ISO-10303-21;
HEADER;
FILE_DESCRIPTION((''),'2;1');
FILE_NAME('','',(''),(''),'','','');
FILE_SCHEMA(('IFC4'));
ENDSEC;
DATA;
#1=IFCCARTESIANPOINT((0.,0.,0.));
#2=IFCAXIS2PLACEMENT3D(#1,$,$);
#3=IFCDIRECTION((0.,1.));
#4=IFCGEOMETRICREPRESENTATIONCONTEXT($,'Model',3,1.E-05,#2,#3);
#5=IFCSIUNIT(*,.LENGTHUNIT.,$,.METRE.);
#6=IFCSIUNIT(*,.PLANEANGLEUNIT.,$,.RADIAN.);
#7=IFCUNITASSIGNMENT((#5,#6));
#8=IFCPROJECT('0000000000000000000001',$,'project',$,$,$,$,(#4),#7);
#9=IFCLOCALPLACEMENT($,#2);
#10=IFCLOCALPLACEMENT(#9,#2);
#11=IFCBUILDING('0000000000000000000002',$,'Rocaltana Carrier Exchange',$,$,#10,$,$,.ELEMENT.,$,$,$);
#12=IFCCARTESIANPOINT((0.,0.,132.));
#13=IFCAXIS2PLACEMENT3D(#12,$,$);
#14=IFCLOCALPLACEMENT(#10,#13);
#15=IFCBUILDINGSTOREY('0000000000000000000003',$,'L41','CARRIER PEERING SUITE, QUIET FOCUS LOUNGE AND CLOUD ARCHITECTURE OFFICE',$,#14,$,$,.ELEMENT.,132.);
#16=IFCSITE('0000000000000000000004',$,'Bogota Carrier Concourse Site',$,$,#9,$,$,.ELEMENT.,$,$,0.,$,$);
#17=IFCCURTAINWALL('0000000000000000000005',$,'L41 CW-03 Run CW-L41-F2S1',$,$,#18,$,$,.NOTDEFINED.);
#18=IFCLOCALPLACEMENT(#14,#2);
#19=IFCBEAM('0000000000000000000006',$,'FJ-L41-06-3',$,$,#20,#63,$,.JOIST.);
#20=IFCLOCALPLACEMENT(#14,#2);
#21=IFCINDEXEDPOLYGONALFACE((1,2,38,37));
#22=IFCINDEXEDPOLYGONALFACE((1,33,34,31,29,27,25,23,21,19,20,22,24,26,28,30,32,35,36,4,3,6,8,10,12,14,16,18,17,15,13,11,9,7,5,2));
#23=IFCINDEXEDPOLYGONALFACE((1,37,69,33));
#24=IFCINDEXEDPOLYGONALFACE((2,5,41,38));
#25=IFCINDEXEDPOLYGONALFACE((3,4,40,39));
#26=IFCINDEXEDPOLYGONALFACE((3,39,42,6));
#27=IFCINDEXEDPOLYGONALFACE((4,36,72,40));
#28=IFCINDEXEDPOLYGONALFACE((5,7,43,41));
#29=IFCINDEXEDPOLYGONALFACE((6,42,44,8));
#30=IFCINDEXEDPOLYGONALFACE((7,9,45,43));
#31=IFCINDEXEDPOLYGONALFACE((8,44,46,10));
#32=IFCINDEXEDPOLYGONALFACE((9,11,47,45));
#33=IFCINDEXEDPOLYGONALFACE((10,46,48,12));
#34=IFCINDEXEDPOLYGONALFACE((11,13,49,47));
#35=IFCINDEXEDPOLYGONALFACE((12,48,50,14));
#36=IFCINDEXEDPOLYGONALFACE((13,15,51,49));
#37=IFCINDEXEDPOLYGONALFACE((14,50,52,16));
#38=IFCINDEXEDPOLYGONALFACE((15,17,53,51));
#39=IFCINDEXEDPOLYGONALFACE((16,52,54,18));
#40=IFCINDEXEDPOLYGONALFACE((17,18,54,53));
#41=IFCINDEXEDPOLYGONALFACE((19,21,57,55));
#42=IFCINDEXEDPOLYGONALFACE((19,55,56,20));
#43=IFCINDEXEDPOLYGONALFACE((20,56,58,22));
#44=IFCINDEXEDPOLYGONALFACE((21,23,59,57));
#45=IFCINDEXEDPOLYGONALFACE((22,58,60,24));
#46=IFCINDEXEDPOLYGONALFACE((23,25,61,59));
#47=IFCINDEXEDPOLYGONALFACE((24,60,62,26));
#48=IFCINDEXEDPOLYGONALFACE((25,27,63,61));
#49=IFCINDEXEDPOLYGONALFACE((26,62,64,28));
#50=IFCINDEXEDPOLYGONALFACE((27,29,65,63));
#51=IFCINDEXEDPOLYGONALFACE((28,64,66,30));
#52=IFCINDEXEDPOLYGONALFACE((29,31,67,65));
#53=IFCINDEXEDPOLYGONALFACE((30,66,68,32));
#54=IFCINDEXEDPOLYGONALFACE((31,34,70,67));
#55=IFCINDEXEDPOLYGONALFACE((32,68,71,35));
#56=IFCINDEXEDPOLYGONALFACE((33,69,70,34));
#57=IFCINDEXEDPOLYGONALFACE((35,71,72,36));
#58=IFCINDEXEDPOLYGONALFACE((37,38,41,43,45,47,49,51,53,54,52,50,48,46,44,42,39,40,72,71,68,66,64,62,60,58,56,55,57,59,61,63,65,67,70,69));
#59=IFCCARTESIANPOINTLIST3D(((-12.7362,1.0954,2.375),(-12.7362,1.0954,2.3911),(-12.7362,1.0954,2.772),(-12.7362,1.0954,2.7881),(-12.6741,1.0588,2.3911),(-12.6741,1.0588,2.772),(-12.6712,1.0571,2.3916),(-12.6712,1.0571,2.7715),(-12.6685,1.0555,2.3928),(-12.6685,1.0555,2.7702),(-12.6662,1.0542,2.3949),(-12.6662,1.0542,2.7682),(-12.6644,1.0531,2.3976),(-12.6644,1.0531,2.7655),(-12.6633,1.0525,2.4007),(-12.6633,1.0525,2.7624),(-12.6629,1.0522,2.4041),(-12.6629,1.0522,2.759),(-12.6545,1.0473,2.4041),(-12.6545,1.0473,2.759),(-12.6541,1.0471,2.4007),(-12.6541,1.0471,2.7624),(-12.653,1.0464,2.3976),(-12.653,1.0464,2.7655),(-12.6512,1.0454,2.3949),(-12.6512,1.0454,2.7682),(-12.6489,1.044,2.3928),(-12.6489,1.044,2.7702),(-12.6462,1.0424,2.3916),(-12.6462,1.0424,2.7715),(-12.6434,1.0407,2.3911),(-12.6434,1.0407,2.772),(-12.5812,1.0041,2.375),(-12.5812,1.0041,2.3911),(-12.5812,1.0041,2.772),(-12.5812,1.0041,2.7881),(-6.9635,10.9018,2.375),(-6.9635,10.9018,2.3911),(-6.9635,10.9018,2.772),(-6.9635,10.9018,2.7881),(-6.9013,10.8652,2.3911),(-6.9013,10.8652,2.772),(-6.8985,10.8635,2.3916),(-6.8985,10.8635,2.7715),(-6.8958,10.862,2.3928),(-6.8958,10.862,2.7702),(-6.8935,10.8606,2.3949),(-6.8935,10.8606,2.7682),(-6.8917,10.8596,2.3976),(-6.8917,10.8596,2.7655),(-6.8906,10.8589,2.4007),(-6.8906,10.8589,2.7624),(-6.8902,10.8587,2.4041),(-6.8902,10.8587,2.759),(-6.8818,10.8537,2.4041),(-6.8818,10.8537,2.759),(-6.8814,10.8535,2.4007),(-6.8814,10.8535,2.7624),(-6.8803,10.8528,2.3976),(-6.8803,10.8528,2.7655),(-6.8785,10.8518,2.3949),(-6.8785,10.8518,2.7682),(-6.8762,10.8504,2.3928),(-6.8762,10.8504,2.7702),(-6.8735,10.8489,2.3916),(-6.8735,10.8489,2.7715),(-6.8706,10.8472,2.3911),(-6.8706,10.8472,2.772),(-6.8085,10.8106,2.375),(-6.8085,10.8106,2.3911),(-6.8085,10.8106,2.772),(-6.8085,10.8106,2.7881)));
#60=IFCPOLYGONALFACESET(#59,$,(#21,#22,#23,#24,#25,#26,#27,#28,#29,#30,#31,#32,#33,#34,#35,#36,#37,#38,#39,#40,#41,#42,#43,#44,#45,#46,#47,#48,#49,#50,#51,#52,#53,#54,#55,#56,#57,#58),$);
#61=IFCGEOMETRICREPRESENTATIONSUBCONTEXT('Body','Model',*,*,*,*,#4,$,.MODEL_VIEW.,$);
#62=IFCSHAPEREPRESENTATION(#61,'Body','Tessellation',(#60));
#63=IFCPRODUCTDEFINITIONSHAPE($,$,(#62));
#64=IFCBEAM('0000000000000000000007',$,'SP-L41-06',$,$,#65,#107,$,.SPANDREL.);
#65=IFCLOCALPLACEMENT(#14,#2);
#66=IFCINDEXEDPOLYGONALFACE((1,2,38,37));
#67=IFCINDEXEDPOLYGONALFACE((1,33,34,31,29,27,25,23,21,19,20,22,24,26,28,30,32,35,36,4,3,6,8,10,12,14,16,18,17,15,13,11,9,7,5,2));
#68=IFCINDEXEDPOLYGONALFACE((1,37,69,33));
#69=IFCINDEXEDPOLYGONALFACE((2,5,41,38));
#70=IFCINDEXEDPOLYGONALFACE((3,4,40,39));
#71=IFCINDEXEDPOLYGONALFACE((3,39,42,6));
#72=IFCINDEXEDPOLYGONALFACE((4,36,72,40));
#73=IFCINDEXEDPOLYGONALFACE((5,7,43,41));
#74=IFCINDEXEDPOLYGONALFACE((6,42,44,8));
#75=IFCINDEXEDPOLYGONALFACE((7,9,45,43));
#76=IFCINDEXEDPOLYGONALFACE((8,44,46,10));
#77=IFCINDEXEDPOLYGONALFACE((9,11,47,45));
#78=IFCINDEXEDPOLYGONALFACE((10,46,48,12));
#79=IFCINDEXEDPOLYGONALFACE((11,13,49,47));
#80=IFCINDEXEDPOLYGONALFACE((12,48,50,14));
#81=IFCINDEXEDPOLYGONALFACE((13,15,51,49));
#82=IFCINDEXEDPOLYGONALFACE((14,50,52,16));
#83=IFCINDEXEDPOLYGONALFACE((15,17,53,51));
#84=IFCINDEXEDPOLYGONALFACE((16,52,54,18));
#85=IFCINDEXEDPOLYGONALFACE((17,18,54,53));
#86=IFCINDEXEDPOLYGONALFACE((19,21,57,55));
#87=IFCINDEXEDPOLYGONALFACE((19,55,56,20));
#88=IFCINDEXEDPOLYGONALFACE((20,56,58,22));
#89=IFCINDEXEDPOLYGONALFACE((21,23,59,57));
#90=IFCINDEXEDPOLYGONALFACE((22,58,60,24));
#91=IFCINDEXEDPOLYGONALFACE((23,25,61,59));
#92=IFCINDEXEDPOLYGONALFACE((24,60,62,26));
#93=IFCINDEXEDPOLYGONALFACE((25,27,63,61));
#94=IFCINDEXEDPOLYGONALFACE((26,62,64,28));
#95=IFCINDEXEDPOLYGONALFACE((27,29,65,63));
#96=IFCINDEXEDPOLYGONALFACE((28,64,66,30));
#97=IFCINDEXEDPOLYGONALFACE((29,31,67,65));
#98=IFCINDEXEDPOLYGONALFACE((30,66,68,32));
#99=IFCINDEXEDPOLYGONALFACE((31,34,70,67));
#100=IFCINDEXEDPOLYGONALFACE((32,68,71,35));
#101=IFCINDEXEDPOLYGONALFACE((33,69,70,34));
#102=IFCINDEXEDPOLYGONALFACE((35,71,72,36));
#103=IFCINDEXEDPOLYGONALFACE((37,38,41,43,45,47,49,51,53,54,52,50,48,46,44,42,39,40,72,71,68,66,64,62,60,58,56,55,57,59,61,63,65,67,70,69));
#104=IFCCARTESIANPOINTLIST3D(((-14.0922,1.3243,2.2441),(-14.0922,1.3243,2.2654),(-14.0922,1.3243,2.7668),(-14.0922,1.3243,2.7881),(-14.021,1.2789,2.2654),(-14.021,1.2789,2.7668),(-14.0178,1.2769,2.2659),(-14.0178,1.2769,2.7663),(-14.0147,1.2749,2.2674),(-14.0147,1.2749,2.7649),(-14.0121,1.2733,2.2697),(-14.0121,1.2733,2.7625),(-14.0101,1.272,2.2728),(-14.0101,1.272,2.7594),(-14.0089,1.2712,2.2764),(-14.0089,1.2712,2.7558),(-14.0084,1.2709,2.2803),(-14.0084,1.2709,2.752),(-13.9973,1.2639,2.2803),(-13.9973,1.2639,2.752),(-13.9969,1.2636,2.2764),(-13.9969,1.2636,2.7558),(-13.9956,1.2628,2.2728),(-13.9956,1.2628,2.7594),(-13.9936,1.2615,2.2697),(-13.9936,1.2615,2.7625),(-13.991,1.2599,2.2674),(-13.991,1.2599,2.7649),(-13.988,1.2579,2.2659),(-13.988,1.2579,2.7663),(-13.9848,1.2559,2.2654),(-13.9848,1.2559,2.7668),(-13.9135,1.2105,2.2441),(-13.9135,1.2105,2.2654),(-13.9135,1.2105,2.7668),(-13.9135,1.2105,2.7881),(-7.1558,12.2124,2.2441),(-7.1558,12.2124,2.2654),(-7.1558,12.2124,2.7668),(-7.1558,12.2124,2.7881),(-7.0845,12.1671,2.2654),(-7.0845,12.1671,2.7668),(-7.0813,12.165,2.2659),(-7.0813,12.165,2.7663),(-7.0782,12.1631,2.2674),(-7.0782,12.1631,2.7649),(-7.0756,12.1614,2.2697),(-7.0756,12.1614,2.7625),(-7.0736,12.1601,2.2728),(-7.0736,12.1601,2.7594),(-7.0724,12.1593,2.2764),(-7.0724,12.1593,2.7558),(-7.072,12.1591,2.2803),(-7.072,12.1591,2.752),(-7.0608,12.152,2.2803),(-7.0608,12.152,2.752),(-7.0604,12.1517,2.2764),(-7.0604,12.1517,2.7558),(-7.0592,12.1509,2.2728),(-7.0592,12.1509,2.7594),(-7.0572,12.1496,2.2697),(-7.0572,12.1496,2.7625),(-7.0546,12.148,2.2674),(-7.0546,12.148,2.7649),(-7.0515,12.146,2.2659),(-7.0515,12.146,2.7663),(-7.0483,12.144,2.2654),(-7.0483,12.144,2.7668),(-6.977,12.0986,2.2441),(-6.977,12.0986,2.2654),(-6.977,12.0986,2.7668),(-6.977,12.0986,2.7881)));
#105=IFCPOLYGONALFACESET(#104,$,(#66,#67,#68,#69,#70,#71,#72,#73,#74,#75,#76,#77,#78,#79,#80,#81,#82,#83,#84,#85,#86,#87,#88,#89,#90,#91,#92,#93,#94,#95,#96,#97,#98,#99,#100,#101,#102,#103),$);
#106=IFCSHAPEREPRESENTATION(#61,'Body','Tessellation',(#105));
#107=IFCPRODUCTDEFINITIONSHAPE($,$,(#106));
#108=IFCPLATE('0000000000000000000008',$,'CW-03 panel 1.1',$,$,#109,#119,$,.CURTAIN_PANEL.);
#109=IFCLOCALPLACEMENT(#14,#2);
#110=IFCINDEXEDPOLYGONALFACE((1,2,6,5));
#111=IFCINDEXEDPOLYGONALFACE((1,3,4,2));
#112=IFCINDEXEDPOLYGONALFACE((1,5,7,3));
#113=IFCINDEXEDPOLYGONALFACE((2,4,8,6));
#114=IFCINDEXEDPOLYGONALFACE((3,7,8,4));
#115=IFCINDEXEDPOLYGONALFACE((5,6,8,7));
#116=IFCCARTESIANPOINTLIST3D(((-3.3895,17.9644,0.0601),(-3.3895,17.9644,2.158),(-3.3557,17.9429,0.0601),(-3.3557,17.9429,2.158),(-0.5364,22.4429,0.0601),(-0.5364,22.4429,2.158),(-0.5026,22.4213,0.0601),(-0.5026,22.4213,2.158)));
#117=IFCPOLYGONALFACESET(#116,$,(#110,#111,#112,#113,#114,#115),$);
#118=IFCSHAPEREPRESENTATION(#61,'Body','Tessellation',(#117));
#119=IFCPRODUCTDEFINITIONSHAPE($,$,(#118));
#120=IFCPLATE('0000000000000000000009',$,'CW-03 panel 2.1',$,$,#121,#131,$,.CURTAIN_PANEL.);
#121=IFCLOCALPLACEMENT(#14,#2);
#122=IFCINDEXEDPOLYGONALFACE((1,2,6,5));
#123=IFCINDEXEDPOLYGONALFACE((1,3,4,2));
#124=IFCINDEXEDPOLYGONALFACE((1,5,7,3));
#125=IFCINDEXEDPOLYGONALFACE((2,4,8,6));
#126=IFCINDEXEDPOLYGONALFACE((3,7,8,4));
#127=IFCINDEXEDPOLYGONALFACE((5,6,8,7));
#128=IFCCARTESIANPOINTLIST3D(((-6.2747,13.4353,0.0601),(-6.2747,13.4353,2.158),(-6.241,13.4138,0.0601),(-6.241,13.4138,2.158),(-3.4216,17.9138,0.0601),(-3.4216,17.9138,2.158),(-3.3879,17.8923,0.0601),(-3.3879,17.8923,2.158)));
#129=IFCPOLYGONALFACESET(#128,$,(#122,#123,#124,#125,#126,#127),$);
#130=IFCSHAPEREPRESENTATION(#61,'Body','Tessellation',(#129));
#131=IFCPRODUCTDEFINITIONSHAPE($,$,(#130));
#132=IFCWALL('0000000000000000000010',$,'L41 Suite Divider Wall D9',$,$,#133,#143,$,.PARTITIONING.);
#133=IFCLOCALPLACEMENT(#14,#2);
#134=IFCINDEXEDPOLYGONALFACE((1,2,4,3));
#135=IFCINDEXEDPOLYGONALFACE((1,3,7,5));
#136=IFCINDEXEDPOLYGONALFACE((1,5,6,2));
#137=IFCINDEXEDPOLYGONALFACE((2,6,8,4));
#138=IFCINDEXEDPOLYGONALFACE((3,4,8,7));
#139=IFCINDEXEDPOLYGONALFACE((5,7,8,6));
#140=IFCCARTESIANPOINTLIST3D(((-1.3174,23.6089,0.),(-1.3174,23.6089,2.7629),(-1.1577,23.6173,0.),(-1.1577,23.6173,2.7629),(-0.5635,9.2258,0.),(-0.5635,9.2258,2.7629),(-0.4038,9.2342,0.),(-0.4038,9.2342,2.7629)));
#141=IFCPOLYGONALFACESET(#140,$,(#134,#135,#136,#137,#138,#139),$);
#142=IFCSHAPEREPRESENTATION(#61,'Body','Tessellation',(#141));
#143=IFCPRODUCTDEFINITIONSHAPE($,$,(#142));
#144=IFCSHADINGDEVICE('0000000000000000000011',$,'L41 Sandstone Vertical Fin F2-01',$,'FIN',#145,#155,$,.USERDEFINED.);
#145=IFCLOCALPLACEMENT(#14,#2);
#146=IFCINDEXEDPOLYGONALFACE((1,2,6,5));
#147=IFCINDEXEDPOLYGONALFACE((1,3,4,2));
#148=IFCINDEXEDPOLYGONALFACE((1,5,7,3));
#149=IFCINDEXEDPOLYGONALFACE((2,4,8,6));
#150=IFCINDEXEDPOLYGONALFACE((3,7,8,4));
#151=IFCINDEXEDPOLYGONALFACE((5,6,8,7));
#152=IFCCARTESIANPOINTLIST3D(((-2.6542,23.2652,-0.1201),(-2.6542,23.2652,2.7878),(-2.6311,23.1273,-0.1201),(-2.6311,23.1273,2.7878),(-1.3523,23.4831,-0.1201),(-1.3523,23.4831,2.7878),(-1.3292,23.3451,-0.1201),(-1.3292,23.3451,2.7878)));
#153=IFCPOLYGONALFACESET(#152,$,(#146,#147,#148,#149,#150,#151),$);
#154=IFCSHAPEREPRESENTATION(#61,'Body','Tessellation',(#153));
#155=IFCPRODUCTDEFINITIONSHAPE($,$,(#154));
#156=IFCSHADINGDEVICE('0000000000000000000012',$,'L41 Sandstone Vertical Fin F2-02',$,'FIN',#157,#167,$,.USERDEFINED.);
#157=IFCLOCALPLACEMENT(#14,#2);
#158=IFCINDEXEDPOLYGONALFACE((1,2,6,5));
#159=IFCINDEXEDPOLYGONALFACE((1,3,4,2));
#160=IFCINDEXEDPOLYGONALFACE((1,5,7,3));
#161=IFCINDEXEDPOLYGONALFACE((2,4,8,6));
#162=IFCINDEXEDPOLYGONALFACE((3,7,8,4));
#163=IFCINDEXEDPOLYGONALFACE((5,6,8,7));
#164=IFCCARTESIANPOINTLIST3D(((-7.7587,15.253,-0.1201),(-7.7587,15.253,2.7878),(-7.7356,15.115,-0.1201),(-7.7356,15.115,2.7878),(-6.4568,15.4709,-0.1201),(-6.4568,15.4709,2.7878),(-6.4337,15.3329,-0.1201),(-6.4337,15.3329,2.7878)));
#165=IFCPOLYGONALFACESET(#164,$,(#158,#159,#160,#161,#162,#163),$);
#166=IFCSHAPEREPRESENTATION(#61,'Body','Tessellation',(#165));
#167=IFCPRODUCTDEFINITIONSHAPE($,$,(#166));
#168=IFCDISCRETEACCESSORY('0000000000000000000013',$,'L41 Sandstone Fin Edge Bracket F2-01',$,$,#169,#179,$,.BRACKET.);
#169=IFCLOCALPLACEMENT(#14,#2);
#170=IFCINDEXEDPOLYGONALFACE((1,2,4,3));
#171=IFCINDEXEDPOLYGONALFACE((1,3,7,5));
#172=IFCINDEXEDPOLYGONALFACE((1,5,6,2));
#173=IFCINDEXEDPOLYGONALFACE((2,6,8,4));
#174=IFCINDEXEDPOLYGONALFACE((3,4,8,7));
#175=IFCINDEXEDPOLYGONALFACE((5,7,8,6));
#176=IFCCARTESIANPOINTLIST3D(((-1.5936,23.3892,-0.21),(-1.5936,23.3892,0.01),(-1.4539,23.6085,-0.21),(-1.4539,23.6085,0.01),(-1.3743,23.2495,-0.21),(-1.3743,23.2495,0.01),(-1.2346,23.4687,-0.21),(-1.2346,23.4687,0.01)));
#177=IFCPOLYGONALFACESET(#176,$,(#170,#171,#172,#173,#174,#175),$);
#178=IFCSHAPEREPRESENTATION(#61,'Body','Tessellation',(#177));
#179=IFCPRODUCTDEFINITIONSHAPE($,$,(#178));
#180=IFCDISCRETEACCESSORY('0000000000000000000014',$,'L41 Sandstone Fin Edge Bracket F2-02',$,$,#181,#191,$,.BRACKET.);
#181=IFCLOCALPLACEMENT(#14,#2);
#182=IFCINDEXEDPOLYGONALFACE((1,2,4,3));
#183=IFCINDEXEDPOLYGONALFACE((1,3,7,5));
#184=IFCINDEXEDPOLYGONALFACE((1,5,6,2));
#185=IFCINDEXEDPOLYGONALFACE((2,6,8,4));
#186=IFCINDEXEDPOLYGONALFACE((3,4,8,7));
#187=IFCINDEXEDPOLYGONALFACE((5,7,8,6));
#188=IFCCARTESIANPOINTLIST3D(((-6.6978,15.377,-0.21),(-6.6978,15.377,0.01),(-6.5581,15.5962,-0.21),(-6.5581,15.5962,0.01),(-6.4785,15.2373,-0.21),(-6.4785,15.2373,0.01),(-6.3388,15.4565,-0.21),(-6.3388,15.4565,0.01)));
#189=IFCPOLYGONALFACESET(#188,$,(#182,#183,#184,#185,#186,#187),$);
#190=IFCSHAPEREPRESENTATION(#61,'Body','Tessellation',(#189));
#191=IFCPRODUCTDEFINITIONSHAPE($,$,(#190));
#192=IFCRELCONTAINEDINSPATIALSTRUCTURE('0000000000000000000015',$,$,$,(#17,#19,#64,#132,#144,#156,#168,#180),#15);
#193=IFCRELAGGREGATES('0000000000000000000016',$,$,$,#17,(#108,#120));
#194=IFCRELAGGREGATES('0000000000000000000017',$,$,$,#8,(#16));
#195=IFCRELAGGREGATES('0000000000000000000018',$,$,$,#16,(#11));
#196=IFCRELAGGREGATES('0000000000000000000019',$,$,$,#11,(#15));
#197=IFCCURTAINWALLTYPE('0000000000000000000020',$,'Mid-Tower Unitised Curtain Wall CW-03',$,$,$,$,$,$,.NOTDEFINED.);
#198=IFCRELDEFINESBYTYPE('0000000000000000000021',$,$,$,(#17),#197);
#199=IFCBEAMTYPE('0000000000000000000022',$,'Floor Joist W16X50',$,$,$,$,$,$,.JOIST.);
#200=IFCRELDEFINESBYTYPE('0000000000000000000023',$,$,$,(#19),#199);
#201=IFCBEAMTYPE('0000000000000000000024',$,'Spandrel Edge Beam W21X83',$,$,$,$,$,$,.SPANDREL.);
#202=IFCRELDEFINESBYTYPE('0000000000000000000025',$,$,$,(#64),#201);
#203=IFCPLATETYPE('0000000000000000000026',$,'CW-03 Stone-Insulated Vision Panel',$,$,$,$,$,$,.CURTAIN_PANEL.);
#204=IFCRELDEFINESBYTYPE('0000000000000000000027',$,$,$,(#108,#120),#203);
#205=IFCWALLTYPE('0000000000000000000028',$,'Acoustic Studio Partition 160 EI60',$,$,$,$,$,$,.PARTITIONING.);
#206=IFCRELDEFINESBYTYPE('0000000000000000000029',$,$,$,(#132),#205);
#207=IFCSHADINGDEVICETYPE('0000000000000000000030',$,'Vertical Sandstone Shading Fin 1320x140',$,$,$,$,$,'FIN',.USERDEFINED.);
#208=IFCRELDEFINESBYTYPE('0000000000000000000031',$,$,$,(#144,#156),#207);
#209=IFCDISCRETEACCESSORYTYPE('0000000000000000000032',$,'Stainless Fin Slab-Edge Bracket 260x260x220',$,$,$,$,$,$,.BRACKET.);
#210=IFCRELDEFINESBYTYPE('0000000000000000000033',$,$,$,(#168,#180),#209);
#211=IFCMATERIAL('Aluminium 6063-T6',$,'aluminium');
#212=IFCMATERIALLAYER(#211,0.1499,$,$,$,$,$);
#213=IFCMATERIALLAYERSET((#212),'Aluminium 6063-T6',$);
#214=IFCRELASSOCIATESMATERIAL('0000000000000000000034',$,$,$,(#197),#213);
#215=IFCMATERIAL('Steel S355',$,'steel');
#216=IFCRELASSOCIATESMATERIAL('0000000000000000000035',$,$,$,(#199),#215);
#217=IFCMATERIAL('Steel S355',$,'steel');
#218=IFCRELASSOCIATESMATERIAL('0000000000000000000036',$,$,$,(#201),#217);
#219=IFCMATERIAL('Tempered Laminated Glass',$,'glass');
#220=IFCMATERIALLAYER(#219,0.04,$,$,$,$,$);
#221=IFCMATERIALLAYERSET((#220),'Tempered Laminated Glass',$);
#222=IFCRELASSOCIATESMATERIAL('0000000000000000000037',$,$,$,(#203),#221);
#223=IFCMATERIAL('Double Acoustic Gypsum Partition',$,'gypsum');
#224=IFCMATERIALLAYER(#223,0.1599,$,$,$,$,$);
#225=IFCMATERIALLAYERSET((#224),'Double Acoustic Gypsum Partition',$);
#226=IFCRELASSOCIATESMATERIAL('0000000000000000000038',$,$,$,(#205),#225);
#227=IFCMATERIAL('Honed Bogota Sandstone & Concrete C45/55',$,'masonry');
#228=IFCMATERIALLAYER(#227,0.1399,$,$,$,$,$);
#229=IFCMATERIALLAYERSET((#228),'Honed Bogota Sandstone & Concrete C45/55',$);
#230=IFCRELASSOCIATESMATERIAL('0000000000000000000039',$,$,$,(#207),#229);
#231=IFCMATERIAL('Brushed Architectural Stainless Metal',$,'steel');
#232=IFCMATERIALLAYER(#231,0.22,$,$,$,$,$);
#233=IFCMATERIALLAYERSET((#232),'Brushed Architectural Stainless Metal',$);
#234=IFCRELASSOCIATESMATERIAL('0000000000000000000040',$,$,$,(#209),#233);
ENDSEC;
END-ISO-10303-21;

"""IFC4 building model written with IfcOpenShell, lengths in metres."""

from ifc_helpers import new_model, si_unit, direction, frame, frame_2d, origin, origin_2d, place, context, subcontext, project, spatial, rectangle, i_section, extrude, material, layer, layer_set, material_profile, profile_set, type_object, element, aggregate, save


model = new_model("IFC4")

# Units and contexts
model_context = context("Model", 3, precision=1e-05, world=origin(), true_north=direction((0.0, 1.0)))
body_context = subcontext(model_context, "Body", "Model", "MODEL_VIEW")
ifc_project = project(units=[si_unit("LENGTHUNIT", "METRE"), si_unit("PLANEANGLEUNIT", "RADIAN")], contexts=[model_context])

# Site, building, storey
site_placement = place(None, origin())
site = spatial("IfcSite", under=ifc_project, at=site_placement, Name="Bogota Carrier Concourse Site", CompositionType="ELEMENT", RefElevation=0.0)
building_placement = place(site_placement, origin())
building = spatial("IfcBuilding", under=site, at=building_placement, Name="Rocaltana Carrier Exchange", CompositionType="ELEMENT")
storey_placement = place(building_placement, frame((0.0, 0.0, 132.0)))
storey = spatial("IfcBuildingStorey", under=building, at=storey_placement, Name="L41", Description="CARRIER PEERING SUITE, QUIET FOCUS LOUNGE AND CLOUD ARCHITECTURE OFFICE", CompositionType="ELEMENT", Elevation=132.0)

# Curtain wall
ifc_material_1 = material(Name="Aluminium 6063-T6", Category="aluminium")
ifc_layer_1 = layer(ifc_material_1, 0.1499)
ifc_layer_set_1 = layer_set([ifc_layer_1], Name="Aluminium 6063-T6")
curtain_wall_type = type_object("IfcCurtainWallType", Name="Mid-Tower Unitised Curtain Wall CW-03", PredefinedType="NOTDEFINED", material=ifc_layer_set_1)
curtain_wall_1_placement = place(storey_placement, origin())
curtain_wall_1 = element("IfcCurtainWall", 1, at=curtain_wall_1_placement, inside=storey, type_object=curtain_wall_type, Name="L41 CW-03 Run CW-L41-F2S1", PredefinedType="NOTDEFINED")

# Beams
ifc_material_2 = material(Name="Steel S355", Category="steel")
ifc_material_profile_1 = material_profile(ifc_material_2, i_section(OverallWidth=0.1799, OverallDepth=0.4131, WebThickness=0.0098, FlangeThickness=0.0161, FilletRadius=0.0129, at=origin_2d()), Name="W16X50")
ifc_profile_set_1 = profile_set([ifc_material_profile_1], Name="Steel S355")
beam_type_1 = type_object("IfcBeamType", Name="Floor Joist W16X50", PredefinedType="JOIST", material=ifc_profile_set_1)
beam_1_placement = place(storey_placement, frame((-6.886, 10.8562, 2.5815), z_axis=(-0.507297, -0.861771, 0.0), x_axis=(0.861771, -0.507297, 0.0)))
element("IfcBeam", 2, at=beam_1_placement, inside=storey, type_object=beam_type_1, Name="FJ-L41-06-3", PredefinedType="JOIST", context=body_context, shape_type="SweptSolid", body=[
    extrude(i_section(OverallWidth=0.1799, OverallDepth=0.4131, WebThickness=0.0098, FlangeThickness=0.0161, FilletRadius=0.0129, at=origin_2d()), origin(), (0.0, 0.0, 1.0), 11.3794),
])
ifc_material_3 = material(Name="Steel S355", Category="steel")
ifc_material_profile_2 = material_profile(ifc_material_3, i_section(OverallWidth=0.2119, OverallDepth=0.5439, WebThickness=0.0132, FlangeThickness=0.0212, FilletRadius=0.0149, at=origin_2d()), Name="W21X83")
ifc_profile_set_2 = profile_set([ifc_material_profile_2], Name="Steel S355")
beam_type_2 = type_object("IfcBeamType", Name="Spandrel Edge Beam W21X83", PredefinedType="SPANDREL", material=ifc_profile_set_2)
beam_2_placement = place(storey_placement, frame((-7.0664, 12.1555, 2.5161), z_axis=(-0.537299, -0.843392, 0.0), x_axis=(0.843392, -0.537299, 0.0)))
element("IfcBeam", 3, at=beam_2_placement, inside=storey, type_object=beam_type_2, Name="SP-L41-06", PredefinedType="SPANDREL", context=body_context, shape_type="SweptSolid", body=[
    extrude(i_section(OverallWidth=0.2119, OverallDepth=0.5439, WebThickness=0.0132, FlangeThickness=0.0212, FilletRadius=0.0149, at=origin_2d()), origin(), (0.0, 0.0, 1.0), 12.9099),
])

# Plates
ifc_material_4 = material(Name="Tempered Laminated Glass", Category="glass")
ifc_layer_2 = layer(ifc_material_4, 0.04)
ifc_layer_set_2 = layer_set([ifc_layer_2], Name="Tempered Laminated Glass")
plate_type = type_object("IfcPlateType", Name="CW-03 Stone-Insulated Vision Panel", PredefinedType="CURTAIN_PANEL", material=ifc_layer_set_2)
plate_1_placement = place(storey_placement, frame((-1.946, 20.1929, 0.0601), z_axis=(0.0, 0.0, 1.0), x_axis=(-0.537301, -0.843391, 0.0)))
plate_1 = element("IfcPlate", 4, at=plate_1_placement, type_object=plate_type, Name="CW-03 panel 1.1", PredefinedType="CURTAIN_PANEL", context=body_context, shape_type="SweptSolid", body=[
    extrude(rectangle(XDim=5.3101, YDim=0.04, at=origin_2d()), origin(), (0.0, 0.0, 1.0), 2.0979),
])
plate_2_placement = place(storey_placement, frame((-4.8313, 15.6638, 0.0601), z_axis=(0.0, 0.0, 1.0), x_axis=(-0.537301, -0.843391, 0.0)))
plate_2 = element("IfcPlate", 5, at=plate_2_placement, type_object=plate_type, Name="CW-03 panel 2.1", PredefinedType="CURTAIN_PANEL", context=body_context, shape_type="SweptSolid", body=[
    extrude(rectangle(XDim=5.3101, YDim=0.04, at=origin_2d()), origin(), (0.0, 0.0, 1.0), 2.0979),
])
aggregate(curtain_wall_1, [plate_1, plate_2])

# Wall
ifc_material_5 = material(Name="Double Acoustic Gypsum Partition", Category="gypsum")
ifc_layer_3 = layer(ifc_material_5, 0.1599)
ifc_layer_set_3 = layer_set([ifc_layer_3], Name="Double Acoustic Gypsum Partition")
wall_type = type_object("IfcWallType", Name="Acoustic Studio Partition 160 EI60", PredefinedType="PARTITIONING", material=ifc_layer_set_3)
wall_placement = place(storey_placement, frame((-0.4836, 9.23, 0.0), z_axis=(0.0, 0.0, 1.0), x_axis=(-0.052344, 0.998629, 0.0)))
element("IfcWall", 6, at=wall_placement, inside=storey, type_object=wall_type, Name="L41 Suite Divider Wall D9", PredefinedType="PARTITIONING", context=body_context, shape_type="SweptSolid", body=[
    extrude(rectangle(XDim=14.4028, YDim=0.1599, at=frame_2d((7.2014, 0.0))), origin(), (0.0, 0.0, 1.0), 2.7629),
])

# Shading devices
ifc_material_6 = material(Name="Honed Bogota Sandstone & Concrete C45/55", Category="masonry")
ifc_layer_4 = layer(ifc_material_6, 0.1399)
ifc_layer_set_4 = layer_set([ifc_layer_4], Name="Honed Bogota Sandstone & Concrete C45/55")
shading_device_type = type_object("IfcShadingDeviceType", Name="Vertical Sandstone Shading Fin 1320x140", ElementType="FIN", PredefinedType="USERDEFINED", material=ifc_layer_set_4)
for number, where, z_axis, x_axis, name in (
    (7, (-1.9917, 23.3052, -0.1201), (0.0, 0.0, 1.0), (-0.986286, -0.165048, 0.0), "L41 Sandstone Vertical Fin F2-01"),
    (8, (-7.0962, 15.293, -0.1201), (0.0, 0.0, 1.0), (-0.986286, -0.165048, 0.0), "L41 Sandstone Vertical Fin F2-02"),
):
    element("IfcShadingDevice", number, at=place(storey_placement, frame(where, z_axis=z_axis, x_axis=x_axis)), inside=storey, type_object=shading_device_type, Name=name, ObjectType="FIN", PredefinedType="USERDEFINED", context=body_context, shape_type="SweptSolid", body=[
        extrude(rectangle(XDim=1.3201, YDim=0.1399, at=origin_2d()), origin(), (0.0, 0.0, 1.0), 2.908),
    ])

# Discrete accessories
ifc_material_7 = material(Name="Brushed Architectural Stainless Metal", Category="steel")
ifc_layer_5 = layer(ifc_material_7, 0.22)
ifc_layer_set_5 = layer_set([ifc_layer_5], Name="Brushed Architectural Stainless Metal")
discrete_accessory_type = type_object("IfcDiscreteAccessoryType", Name="Stainless Fin Slab-Edge Bracket 260x260x220", PredefinedType="BRACKET", material=ifc_layer_set_5)
for number, where, z_axis, x_axis, name in (
    (9, (-1.4141, 23.429, -0.21), (0.0, 0.0, 1.0), (-0.5373, -0.843391, 0.0), "L41 Sandstone Fin Edge Bracket F2-01"),
    (10, (-6.5183, 15.4167, -0.21), (0.0, 0.0, 1.0), (-0.5373, -0.843391, 0.0), "L41 Sandstone Fin Edge Bracket F2-02"),
):
    element("IfcDiscreteAccessory", number, at=place(storey_placement, frame(where, z_axis=z_axis, x_axis=x_axis)), inside=storey, type_object=discrete_accessory_type, Name=name, PredefinedType="BRACKET", context=body_context, shape_type="SweptSolid", body=[
        extrude(rectangle(XDim=0.26, YDim=0.26, at=origin_2d()), origin(), (0.0, 0.0, 1.0), 0.22),
    ])

save(model, "model.ifc")
